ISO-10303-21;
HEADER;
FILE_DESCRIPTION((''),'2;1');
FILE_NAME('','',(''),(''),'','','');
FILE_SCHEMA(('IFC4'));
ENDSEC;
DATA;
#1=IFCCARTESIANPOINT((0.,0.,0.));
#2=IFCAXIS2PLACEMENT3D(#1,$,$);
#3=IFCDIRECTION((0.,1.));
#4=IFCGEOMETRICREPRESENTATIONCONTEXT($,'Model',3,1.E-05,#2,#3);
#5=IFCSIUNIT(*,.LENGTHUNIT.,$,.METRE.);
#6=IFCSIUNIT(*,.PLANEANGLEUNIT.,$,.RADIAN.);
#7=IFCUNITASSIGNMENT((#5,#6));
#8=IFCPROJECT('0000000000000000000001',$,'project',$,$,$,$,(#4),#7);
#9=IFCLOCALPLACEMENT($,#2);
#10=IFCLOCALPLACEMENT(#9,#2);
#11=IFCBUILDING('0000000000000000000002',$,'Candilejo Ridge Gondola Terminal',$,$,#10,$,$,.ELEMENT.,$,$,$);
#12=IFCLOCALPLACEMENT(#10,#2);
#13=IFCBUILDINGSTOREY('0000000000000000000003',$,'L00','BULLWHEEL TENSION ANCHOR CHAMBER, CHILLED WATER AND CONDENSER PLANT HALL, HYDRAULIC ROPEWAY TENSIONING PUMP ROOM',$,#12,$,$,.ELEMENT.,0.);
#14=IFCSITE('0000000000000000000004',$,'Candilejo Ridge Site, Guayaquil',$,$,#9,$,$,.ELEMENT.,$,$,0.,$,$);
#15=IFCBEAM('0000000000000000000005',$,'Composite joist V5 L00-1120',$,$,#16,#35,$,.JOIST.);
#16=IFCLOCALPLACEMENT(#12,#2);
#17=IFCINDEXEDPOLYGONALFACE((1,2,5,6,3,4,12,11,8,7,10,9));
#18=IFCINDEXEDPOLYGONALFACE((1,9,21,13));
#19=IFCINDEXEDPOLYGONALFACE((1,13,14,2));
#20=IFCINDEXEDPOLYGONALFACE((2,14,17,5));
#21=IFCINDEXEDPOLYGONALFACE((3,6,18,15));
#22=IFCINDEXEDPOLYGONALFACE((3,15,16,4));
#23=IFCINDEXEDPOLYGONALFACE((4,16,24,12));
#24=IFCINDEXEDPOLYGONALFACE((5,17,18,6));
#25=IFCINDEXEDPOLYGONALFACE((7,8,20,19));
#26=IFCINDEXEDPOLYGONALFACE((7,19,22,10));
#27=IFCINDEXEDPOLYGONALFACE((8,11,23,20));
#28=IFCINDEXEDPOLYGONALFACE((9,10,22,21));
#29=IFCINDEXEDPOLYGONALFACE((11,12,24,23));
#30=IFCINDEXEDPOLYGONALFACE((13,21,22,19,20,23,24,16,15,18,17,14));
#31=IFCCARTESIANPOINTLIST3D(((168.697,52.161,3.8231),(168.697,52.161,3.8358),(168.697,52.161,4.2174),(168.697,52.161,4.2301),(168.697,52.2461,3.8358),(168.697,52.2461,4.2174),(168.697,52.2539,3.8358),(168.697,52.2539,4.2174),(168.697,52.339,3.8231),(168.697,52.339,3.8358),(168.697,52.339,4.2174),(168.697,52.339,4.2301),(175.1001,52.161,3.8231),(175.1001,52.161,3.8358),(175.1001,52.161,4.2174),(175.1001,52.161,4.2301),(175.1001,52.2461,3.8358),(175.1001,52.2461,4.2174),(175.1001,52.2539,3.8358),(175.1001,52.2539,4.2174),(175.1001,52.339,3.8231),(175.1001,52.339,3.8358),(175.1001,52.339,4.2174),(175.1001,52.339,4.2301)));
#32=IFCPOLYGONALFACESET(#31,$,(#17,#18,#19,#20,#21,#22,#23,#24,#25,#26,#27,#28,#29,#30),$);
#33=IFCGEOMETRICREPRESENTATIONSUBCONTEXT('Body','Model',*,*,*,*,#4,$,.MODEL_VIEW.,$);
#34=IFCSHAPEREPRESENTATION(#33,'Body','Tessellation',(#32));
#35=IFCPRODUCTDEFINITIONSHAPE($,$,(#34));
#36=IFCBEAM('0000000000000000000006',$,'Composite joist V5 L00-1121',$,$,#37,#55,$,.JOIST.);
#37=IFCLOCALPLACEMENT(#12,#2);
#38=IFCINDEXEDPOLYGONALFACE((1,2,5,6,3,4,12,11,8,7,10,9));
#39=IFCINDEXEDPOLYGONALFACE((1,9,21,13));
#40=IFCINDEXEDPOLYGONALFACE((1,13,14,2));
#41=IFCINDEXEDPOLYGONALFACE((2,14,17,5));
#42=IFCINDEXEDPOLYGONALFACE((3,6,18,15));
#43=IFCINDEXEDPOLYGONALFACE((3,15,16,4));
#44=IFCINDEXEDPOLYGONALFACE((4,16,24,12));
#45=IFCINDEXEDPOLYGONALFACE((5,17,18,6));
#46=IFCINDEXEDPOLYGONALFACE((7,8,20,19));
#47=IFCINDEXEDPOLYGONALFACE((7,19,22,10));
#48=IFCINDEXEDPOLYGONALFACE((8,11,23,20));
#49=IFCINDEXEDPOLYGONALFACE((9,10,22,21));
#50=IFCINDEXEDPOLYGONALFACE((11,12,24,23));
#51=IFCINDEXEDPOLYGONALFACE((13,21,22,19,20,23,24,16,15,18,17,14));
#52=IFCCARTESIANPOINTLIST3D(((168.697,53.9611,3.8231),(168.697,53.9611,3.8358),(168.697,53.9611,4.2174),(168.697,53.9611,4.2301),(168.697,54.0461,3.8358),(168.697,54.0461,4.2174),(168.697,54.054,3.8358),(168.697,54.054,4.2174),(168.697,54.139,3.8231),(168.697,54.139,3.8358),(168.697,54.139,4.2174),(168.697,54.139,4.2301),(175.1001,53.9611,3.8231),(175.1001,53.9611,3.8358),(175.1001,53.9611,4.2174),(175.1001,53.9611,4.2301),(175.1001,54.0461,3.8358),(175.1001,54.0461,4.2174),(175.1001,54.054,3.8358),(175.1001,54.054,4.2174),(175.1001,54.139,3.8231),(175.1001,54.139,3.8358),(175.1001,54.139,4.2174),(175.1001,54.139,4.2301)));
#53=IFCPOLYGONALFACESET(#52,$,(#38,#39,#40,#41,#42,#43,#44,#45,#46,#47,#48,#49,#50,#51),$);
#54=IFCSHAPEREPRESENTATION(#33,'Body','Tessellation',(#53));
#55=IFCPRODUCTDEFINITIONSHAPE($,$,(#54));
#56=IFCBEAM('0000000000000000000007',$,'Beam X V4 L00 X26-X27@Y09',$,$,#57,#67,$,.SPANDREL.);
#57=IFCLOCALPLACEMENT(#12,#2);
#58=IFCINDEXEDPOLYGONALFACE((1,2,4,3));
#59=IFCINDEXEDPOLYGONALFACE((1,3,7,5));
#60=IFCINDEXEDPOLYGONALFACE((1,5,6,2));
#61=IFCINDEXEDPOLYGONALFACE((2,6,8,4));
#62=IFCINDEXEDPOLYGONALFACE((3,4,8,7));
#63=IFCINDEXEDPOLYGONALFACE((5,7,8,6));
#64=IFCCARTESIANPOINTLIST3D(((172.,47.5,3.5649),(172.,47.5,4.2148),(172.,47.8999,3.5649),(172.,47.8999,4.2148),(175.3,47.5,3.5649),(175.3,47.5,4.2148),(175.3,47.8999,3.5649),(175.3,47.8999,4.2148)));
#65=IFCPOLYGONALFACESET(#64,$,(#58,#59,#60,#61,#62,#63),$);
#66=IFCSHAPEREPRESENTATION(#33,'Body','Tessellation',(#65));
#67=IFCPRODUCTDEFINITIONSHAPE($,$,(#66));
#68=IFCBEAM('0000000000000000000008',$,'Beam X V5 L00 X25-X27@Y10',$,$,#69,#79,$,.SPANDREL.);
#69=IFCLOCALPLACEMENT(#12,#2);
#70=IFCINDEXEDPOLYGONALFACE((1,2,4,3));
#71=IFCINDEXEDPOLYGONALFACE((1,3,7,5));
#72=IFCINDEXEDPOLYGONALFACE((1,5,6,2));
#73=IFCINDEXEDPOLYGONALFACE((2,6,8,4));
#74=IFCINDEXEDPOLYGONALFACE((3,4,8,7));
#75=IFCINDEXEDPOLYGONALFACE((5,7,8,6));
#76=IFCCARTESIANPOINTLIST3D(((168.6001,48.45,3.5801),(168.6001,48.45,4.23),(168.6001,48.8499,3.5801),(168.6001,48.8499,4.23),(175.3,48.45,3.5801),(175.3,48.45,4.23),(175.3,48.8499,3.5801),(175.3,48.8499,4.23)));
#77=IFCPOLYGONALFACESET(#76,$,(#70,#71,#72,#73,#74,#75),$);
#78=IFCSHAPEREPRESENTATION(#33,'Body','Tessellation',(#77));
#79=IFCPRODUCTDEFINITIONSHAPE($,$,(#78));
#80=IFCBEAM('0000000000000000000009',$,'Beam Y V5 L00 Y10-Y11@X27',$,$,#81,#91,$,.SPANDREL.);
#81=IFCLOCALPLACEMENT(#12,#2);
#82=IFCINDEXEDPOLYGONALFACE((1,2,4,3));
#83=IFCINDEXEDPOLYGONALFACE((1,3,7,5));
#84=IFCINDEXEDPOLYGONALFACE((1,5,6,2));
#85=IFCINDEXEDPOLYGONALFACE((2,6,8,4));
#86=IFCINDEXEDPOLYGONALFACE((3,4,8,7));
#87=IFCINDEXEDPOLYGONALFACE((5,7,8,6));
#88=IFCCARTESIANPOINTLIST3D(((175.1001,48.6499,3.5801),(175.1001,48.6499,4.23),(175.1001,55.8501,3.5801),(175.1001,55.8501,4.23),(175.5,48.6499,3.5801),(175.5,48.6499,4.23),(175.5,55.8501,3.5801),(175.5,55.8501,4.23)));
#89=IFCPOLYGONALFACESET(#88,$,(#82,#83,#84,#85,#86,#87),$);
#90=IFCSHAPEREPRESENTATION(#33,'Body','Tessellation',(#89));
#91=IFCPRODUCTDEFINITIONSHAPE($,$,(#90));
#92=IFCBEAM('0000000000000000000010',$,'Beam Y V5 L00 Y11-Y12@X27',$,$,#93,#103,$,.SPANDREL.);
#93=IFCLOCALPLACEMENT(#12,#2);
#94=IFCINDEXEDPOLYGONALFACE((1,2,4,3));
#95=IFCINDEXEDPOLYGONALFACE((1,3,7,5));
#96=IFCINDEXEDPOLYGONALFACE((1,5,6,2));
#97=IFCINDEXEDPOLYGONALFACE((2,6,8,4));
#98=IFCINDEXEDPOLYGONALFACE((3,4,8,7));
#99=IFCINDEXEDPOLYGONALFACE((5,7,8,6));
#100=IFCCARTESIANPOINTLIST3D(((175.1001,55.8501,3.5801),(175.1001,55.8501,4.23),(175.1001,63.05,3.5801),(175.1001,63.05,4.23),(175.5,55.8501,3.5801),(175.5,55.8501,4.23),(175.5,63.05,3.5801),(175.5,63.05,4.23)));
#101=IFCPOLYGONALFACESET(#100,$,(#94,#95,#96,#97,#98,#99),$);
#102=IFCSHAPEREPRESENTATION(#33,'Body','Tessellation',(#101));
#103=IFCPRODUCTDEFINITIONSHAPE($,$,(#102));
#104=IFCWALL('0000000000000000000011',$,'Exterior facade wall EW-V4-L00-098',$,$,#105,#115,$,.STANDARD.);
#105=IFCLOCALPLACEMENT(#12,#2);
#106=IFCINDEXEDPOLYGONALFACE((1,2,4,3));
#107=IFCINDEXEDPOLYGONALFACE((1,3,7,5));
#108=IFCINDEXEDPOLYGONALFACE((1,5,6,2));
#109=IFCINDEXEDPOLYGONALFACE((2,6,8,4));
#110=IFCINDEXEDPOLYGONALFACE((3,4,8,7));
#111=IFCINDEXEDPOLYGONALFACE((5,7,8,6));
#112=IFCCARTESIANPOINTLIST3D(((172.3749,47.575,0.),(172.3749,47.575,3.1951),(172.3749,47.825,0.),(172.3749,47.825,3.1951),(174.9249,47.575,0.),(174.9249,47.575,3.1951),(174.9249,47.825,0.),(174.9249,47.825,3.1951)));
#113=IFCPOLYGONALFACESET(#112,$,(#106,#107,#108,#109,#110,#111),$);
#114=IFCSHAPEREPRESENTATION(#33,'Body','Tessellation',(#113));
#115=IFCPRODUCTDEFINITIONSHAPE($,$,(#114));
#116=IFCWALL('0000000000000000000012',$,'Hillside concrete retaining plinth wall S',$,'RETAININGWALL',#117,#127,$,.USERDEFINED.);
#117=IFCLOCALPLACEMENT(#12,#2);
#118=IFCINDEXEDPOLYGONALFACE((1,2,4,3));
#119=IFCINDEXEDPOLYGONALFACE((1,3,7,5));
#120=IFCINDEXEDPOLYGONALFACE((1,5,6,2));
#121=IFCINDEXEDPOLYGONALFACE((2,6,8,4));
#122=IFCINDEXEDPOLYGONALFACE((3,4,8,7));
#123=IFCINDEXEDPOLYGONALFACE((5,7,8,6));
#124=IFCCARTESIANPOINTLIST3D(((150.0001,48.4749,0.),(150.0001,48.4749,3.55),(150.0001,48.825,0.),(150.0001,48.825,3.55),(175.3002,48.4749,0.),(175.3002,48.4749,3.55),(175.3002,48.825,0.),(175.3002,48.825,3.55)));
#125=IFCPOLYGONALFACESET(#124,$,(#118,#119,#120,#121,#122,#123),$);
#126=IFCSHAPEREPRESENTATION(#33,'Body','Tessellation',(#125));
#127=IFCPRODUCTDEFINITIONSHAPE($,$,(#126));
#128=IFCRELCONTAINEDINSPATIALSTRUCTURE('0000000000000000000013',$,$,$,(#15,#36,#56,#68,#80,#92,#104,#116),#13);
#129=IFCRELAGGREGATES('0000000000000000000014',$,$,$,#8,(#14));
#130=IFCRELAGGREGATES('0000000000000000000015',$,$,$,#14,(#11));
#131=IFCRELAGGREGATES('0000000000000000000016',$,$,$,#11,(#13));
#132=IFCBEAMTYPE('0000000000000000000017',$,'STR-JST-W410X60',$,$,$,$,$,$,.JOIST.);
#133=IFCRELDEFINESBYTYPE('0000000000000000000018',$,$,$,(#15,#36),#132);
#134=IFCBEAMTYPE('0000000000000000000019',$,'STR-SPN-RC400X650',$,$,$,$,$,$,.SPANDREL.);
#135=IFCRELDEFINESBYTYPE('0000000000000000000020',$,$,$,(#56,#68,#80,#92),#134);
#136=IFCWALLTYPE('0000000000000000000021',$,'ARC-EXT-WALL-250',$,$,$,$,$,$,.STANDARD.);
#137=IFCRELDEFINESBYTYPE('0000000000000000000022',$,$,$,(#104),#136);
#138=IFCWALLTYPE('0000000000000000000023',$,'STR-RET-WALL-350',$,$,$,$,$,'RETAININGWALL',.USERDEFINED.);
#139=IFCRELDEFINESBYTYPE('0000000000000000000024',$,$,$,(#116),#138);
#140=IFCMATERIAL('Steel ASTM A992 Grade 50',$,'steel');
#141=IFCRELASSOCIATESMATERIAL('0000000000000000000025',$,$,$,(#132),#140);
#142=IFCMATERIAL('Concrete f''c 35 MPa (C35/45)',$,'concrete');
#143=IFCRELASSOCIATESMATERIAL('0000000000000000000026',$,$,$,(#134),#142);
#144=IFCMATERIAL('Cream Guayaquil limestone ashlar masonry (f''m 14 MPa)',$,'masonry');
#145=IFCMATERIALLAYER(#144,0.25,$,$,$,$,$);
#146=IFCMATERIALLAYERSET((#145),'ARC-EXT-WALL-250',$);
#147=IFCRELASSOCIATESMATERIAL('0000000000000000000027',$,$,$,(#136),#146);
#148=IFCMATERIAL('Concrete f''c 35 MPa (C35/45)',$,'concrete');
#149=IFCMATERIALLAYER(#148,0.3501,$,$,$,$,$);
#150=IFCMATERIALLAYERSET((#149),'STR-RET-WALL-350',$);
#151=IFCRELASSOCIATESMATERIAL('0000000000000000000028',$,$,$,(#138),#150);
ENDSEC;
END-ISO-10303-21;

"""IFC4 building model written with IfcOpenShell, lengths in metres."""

from ifc_helpers import new_model, si_unit, direction, frame, frame_2d, origin, origin_2d, place, context, subcontext, project, spatial, rectangle, i_section, extrude, material, layer, layer_set, material_profile, profile_set, type_object, element, save


model = new_model("IFC4")

# Units and contexts
model_context = context("Model", 3, precision=1e-05, world=origin(), true_north=direction((0.0, 1.0)))
body_context = subcontext(model_context, "Body", "Model", "MODEL_VIEW")
ifc_project = project(units=[si_unit("LENGTHUNIT", "METRE"), si_unit("PLANEANGLEUNIT", "RADIAN")], contexts=[model_context])

# Site, building, storey
site_placement = place(None, origin())
site = spatial("IfcSite", under=ifc_project, at=site_placement, Name="Candilejo Ridge Site, Guayaquil", CompositionType="ELEMENT", RefElevation=0.0)
building_placement = place(site_placement, origin())
building = spatial("IfcBuilding", under=site, at=building_placement, Name="Candilejo Ridge Gondola Terminal", CompositionType="ELEMENT")
storey_placement = place(building_placement, origin())
storey = spatial("IfcBuildingStorey", under=building, at=storey_placement, Name="L00", Description="BULLWHEEL TENSION ANCHOR CHAMBER, CHILLED WATER AND CONDENSER PLANT HALL, HYDRAULIC ROPEWAY TENSIONING PUMP ROOM", CompositionType="ELEMENT", Elevation=0.0)

# Beams
ifc_material_1 = material(Name="Steel ASTM A992 Grade 50", Category="steel")
ifc_material_profile_1 = material_profile(ifc_material_1, i_section(OverallWidth=0.178, OverallDepth=0.407, WebThickness=0.0078, FlangeThickness=0.0127, at=origin_2d()))
ifc_profile_set_1 = profile_set([ifc_material_profile_1], Name="Steel ASTM A992 Grade 50")
beam_type_1 = type_object("IfcBeamType", Name="STR-JST-W410X60", PredefinedType="JOIST", material=ifc_profile_set_1)
for number, where, z_axis, x_axis, name in (
    (1, (168.697, 52.25, 4.0266), (1.0, 0.0, 0.0), (0.0, 1.0, 0.0), "Composite joist V5 L00-1120"),
    (2, (168.697, 54.05, 4.0266), (1.0, 0.0, 0.0), (0.0, 1.0, 0.0), "Composite joist V5 L00-1121"),
):
    element("IfcBeam", number, at=place(storey_placement, frame(where, z_axis=z_axis, x_axis=x_axis)), inside=storey, type_object=beam_type_1, Name=name, PredefinedType="JOIST", context=body_context, shape_type="SweptSolid", body=[
        extrude(i_section(OverallWidth=0.178, OverallDepth=0.407, WebThickness=0.0078, FlangeThickness=0.0127, at=origin_2d()), origin(), (0.0, 0.0, 1.0), 6.4031),
    ])
ifc_material_2 = material(Name="Concrete f'c 35 MPa (C35/45)", Category="concrete")
ifc_material_profile_2 = material_profile(ifc_material_2, rectangle(XDim=0.3999, YDim=0.6499, at=origin_2d()))
ifc_profile_set_2 = profile_set([ifc_material_profile_2], Name="Concrete f'c 35 MPa (C35/45)")
beam_type_2 = type_object("IfcBeamType", Name="STR-SPN-RC400X650", PredefinedType="SPANDREL", material=ifc_profile_set_2)
beam_1_placement = place(storey_placement, frame((172.0, 47.7, 3.8899), z_axis=(1.0, 0.0, 0.0), x_axis=(0.0, 1.0, 0.0)))
element("IfcBeam", 3, at=beam_1_placement, inside=storey, type_object=beam_type_2, Name="Beam X V4 L00 X26-X27@Y09", PredefinedType="SPANDREL", context=body_context, shape_type="SweptSolid", body=[
    extrude(rectangle(XDim=0.3999, YDim=0.6499, at=origin_2d()), origin(), (0.0, 0.0, 1.0), 3.3),
])
beam_2_placement = place(storey_placement, frame((168.6001, 48.6499, 3.905), z_axis=(1.0, 0.0, 0.0), x_axis=(0.0, 1.0, 0.0)))
element("IfcBeam", 4, at=beam_2_placement, inside=storey, type_object=beam_type_2, Name="Beam X V5 L00 X25-X27@Y10", PredefinedType="SPANDREL", context=body_context, shape_type="SweptSolid", body=[
    extrude(rectangle(XDim=0.3999, YDim=0.6499, at=origin_2d()), origin(), (0.0, 0.0, 1.0), 6.7),
])
beam_3_placement = place(storey_placement, frame((175.3, 48.6499, 3.905), z_axis=(0.0, 1.0, 0.0), x_axis=(-1.0, 0.0, 0.0)))
element("IfcBeam", 5, at=beam_3_placement, inside=storey, type_object=beam_type_2, Name="Beam Y V5 L00 Y10-Y11@X27", PredefinedType="SPANDREL", context=body_context, shape_type="SweptSolid", body=[
    extrude(rectangle(XDim=0.3999, YDim=0.6499, at=origin_2d()), origin(), (0.0, 0.0, 1.0), 7.2002),
])
beam_4_placement = place(storey_placement, frame((175.3, 55.8501, 3.905), z_axis=(0.0, 1.0, 0.0), x_axis=(-1.0, 0.0, 0.0)))
element("IfcBeam", 6, at=beam_4_placement, inside=storey, type_object=beam_type_2, Name="Beam Y V5 L00 Y11-Y12@X27", PredefinedType="SPANDREL", context=body_context, shape_type="SweptSolid", body=[
    extrude(rectangle(XDim=0.3999, YDim=0.6499, at=origin_2d()), origin(), (0.0, 0.0, 1.0), 7.2),
])

# Walls
ifc_material_3 = material(Name="Cream Guayaquil limestone ashlar masonry (f'm 14 MPa)", Category="masonry")
ifc_layer_1 = layer(ifc_material_3, 0.25)
ifc_layer_set_1 = layer_set([ifc_layer_1], Name="ARC-EXT-WALL-250")
wall_type_1 = type_object("IfcWallType", Name="ARC-EXT-WALL-250", PredefinedType="STANDARD", material=ifc_layer_set_1)
wall_1_placement = place(storey_placement, frame((172.375, 47.7, 0.0), z_axis=(0.0, 0.0, 1.0), x_axis=(1.0, 0.0, 0.0)))
element("IfcWall", 7, at=wall_1_placement, inside=storey, type_object=wall_type_1, Name="Exterior facade wall EW-V4-L00-098", PredefinedType="STANDARD", context=body_context, shape_type="SweptSolid", body=[
    extrude(rectangle(XDim=2.55, YDim=0.25, at=frame_2d((1.2749, 0.0))), origin(), (0.0, 0.0, 1.0), 3.1951),
])
ifc_material_4 = material(Name="Concrete f'c 35 MPa (C35/45)", Category="concrete")
ifc_layer_2 = layer(ifc_material_4, 0.3501)
ifc_layer_set_2 = layer_set([ifc_layer_2], Name="STR-RET-WALL-350")
wall_type_2 = type_object("IfcWallType", Name="STR-RET-WALL-350", ElementType="RETAININGWALL", PredefinedType="USERDEFINED", material=ifc_layer_set_2)
wall_2_placement = place(storey_placement, frame((175.3, 48.6499, 0.0), z_axis=(0.0, 0.0, 1.0), x_axis=(-1.0, 0.0, 0.0)))
element("IfcWall", 8, at=wall_2_placement, inside=storey, type_object=wall_type_2, Name="Hillside concrete retaining plinth wall S", ObjectType="RETAININGWALL", PredefinedType="USERDEFINED", context=body_context, shape_type="SweptSolid", body=[
    extrude(rectangle(XDim=25.3, YDim=0.3501, at=frame_2d((12.6499, 0.0))), origin(), (0.0, 0.0, 1.0), 3.55),
])

save(model, "model.ifc")
